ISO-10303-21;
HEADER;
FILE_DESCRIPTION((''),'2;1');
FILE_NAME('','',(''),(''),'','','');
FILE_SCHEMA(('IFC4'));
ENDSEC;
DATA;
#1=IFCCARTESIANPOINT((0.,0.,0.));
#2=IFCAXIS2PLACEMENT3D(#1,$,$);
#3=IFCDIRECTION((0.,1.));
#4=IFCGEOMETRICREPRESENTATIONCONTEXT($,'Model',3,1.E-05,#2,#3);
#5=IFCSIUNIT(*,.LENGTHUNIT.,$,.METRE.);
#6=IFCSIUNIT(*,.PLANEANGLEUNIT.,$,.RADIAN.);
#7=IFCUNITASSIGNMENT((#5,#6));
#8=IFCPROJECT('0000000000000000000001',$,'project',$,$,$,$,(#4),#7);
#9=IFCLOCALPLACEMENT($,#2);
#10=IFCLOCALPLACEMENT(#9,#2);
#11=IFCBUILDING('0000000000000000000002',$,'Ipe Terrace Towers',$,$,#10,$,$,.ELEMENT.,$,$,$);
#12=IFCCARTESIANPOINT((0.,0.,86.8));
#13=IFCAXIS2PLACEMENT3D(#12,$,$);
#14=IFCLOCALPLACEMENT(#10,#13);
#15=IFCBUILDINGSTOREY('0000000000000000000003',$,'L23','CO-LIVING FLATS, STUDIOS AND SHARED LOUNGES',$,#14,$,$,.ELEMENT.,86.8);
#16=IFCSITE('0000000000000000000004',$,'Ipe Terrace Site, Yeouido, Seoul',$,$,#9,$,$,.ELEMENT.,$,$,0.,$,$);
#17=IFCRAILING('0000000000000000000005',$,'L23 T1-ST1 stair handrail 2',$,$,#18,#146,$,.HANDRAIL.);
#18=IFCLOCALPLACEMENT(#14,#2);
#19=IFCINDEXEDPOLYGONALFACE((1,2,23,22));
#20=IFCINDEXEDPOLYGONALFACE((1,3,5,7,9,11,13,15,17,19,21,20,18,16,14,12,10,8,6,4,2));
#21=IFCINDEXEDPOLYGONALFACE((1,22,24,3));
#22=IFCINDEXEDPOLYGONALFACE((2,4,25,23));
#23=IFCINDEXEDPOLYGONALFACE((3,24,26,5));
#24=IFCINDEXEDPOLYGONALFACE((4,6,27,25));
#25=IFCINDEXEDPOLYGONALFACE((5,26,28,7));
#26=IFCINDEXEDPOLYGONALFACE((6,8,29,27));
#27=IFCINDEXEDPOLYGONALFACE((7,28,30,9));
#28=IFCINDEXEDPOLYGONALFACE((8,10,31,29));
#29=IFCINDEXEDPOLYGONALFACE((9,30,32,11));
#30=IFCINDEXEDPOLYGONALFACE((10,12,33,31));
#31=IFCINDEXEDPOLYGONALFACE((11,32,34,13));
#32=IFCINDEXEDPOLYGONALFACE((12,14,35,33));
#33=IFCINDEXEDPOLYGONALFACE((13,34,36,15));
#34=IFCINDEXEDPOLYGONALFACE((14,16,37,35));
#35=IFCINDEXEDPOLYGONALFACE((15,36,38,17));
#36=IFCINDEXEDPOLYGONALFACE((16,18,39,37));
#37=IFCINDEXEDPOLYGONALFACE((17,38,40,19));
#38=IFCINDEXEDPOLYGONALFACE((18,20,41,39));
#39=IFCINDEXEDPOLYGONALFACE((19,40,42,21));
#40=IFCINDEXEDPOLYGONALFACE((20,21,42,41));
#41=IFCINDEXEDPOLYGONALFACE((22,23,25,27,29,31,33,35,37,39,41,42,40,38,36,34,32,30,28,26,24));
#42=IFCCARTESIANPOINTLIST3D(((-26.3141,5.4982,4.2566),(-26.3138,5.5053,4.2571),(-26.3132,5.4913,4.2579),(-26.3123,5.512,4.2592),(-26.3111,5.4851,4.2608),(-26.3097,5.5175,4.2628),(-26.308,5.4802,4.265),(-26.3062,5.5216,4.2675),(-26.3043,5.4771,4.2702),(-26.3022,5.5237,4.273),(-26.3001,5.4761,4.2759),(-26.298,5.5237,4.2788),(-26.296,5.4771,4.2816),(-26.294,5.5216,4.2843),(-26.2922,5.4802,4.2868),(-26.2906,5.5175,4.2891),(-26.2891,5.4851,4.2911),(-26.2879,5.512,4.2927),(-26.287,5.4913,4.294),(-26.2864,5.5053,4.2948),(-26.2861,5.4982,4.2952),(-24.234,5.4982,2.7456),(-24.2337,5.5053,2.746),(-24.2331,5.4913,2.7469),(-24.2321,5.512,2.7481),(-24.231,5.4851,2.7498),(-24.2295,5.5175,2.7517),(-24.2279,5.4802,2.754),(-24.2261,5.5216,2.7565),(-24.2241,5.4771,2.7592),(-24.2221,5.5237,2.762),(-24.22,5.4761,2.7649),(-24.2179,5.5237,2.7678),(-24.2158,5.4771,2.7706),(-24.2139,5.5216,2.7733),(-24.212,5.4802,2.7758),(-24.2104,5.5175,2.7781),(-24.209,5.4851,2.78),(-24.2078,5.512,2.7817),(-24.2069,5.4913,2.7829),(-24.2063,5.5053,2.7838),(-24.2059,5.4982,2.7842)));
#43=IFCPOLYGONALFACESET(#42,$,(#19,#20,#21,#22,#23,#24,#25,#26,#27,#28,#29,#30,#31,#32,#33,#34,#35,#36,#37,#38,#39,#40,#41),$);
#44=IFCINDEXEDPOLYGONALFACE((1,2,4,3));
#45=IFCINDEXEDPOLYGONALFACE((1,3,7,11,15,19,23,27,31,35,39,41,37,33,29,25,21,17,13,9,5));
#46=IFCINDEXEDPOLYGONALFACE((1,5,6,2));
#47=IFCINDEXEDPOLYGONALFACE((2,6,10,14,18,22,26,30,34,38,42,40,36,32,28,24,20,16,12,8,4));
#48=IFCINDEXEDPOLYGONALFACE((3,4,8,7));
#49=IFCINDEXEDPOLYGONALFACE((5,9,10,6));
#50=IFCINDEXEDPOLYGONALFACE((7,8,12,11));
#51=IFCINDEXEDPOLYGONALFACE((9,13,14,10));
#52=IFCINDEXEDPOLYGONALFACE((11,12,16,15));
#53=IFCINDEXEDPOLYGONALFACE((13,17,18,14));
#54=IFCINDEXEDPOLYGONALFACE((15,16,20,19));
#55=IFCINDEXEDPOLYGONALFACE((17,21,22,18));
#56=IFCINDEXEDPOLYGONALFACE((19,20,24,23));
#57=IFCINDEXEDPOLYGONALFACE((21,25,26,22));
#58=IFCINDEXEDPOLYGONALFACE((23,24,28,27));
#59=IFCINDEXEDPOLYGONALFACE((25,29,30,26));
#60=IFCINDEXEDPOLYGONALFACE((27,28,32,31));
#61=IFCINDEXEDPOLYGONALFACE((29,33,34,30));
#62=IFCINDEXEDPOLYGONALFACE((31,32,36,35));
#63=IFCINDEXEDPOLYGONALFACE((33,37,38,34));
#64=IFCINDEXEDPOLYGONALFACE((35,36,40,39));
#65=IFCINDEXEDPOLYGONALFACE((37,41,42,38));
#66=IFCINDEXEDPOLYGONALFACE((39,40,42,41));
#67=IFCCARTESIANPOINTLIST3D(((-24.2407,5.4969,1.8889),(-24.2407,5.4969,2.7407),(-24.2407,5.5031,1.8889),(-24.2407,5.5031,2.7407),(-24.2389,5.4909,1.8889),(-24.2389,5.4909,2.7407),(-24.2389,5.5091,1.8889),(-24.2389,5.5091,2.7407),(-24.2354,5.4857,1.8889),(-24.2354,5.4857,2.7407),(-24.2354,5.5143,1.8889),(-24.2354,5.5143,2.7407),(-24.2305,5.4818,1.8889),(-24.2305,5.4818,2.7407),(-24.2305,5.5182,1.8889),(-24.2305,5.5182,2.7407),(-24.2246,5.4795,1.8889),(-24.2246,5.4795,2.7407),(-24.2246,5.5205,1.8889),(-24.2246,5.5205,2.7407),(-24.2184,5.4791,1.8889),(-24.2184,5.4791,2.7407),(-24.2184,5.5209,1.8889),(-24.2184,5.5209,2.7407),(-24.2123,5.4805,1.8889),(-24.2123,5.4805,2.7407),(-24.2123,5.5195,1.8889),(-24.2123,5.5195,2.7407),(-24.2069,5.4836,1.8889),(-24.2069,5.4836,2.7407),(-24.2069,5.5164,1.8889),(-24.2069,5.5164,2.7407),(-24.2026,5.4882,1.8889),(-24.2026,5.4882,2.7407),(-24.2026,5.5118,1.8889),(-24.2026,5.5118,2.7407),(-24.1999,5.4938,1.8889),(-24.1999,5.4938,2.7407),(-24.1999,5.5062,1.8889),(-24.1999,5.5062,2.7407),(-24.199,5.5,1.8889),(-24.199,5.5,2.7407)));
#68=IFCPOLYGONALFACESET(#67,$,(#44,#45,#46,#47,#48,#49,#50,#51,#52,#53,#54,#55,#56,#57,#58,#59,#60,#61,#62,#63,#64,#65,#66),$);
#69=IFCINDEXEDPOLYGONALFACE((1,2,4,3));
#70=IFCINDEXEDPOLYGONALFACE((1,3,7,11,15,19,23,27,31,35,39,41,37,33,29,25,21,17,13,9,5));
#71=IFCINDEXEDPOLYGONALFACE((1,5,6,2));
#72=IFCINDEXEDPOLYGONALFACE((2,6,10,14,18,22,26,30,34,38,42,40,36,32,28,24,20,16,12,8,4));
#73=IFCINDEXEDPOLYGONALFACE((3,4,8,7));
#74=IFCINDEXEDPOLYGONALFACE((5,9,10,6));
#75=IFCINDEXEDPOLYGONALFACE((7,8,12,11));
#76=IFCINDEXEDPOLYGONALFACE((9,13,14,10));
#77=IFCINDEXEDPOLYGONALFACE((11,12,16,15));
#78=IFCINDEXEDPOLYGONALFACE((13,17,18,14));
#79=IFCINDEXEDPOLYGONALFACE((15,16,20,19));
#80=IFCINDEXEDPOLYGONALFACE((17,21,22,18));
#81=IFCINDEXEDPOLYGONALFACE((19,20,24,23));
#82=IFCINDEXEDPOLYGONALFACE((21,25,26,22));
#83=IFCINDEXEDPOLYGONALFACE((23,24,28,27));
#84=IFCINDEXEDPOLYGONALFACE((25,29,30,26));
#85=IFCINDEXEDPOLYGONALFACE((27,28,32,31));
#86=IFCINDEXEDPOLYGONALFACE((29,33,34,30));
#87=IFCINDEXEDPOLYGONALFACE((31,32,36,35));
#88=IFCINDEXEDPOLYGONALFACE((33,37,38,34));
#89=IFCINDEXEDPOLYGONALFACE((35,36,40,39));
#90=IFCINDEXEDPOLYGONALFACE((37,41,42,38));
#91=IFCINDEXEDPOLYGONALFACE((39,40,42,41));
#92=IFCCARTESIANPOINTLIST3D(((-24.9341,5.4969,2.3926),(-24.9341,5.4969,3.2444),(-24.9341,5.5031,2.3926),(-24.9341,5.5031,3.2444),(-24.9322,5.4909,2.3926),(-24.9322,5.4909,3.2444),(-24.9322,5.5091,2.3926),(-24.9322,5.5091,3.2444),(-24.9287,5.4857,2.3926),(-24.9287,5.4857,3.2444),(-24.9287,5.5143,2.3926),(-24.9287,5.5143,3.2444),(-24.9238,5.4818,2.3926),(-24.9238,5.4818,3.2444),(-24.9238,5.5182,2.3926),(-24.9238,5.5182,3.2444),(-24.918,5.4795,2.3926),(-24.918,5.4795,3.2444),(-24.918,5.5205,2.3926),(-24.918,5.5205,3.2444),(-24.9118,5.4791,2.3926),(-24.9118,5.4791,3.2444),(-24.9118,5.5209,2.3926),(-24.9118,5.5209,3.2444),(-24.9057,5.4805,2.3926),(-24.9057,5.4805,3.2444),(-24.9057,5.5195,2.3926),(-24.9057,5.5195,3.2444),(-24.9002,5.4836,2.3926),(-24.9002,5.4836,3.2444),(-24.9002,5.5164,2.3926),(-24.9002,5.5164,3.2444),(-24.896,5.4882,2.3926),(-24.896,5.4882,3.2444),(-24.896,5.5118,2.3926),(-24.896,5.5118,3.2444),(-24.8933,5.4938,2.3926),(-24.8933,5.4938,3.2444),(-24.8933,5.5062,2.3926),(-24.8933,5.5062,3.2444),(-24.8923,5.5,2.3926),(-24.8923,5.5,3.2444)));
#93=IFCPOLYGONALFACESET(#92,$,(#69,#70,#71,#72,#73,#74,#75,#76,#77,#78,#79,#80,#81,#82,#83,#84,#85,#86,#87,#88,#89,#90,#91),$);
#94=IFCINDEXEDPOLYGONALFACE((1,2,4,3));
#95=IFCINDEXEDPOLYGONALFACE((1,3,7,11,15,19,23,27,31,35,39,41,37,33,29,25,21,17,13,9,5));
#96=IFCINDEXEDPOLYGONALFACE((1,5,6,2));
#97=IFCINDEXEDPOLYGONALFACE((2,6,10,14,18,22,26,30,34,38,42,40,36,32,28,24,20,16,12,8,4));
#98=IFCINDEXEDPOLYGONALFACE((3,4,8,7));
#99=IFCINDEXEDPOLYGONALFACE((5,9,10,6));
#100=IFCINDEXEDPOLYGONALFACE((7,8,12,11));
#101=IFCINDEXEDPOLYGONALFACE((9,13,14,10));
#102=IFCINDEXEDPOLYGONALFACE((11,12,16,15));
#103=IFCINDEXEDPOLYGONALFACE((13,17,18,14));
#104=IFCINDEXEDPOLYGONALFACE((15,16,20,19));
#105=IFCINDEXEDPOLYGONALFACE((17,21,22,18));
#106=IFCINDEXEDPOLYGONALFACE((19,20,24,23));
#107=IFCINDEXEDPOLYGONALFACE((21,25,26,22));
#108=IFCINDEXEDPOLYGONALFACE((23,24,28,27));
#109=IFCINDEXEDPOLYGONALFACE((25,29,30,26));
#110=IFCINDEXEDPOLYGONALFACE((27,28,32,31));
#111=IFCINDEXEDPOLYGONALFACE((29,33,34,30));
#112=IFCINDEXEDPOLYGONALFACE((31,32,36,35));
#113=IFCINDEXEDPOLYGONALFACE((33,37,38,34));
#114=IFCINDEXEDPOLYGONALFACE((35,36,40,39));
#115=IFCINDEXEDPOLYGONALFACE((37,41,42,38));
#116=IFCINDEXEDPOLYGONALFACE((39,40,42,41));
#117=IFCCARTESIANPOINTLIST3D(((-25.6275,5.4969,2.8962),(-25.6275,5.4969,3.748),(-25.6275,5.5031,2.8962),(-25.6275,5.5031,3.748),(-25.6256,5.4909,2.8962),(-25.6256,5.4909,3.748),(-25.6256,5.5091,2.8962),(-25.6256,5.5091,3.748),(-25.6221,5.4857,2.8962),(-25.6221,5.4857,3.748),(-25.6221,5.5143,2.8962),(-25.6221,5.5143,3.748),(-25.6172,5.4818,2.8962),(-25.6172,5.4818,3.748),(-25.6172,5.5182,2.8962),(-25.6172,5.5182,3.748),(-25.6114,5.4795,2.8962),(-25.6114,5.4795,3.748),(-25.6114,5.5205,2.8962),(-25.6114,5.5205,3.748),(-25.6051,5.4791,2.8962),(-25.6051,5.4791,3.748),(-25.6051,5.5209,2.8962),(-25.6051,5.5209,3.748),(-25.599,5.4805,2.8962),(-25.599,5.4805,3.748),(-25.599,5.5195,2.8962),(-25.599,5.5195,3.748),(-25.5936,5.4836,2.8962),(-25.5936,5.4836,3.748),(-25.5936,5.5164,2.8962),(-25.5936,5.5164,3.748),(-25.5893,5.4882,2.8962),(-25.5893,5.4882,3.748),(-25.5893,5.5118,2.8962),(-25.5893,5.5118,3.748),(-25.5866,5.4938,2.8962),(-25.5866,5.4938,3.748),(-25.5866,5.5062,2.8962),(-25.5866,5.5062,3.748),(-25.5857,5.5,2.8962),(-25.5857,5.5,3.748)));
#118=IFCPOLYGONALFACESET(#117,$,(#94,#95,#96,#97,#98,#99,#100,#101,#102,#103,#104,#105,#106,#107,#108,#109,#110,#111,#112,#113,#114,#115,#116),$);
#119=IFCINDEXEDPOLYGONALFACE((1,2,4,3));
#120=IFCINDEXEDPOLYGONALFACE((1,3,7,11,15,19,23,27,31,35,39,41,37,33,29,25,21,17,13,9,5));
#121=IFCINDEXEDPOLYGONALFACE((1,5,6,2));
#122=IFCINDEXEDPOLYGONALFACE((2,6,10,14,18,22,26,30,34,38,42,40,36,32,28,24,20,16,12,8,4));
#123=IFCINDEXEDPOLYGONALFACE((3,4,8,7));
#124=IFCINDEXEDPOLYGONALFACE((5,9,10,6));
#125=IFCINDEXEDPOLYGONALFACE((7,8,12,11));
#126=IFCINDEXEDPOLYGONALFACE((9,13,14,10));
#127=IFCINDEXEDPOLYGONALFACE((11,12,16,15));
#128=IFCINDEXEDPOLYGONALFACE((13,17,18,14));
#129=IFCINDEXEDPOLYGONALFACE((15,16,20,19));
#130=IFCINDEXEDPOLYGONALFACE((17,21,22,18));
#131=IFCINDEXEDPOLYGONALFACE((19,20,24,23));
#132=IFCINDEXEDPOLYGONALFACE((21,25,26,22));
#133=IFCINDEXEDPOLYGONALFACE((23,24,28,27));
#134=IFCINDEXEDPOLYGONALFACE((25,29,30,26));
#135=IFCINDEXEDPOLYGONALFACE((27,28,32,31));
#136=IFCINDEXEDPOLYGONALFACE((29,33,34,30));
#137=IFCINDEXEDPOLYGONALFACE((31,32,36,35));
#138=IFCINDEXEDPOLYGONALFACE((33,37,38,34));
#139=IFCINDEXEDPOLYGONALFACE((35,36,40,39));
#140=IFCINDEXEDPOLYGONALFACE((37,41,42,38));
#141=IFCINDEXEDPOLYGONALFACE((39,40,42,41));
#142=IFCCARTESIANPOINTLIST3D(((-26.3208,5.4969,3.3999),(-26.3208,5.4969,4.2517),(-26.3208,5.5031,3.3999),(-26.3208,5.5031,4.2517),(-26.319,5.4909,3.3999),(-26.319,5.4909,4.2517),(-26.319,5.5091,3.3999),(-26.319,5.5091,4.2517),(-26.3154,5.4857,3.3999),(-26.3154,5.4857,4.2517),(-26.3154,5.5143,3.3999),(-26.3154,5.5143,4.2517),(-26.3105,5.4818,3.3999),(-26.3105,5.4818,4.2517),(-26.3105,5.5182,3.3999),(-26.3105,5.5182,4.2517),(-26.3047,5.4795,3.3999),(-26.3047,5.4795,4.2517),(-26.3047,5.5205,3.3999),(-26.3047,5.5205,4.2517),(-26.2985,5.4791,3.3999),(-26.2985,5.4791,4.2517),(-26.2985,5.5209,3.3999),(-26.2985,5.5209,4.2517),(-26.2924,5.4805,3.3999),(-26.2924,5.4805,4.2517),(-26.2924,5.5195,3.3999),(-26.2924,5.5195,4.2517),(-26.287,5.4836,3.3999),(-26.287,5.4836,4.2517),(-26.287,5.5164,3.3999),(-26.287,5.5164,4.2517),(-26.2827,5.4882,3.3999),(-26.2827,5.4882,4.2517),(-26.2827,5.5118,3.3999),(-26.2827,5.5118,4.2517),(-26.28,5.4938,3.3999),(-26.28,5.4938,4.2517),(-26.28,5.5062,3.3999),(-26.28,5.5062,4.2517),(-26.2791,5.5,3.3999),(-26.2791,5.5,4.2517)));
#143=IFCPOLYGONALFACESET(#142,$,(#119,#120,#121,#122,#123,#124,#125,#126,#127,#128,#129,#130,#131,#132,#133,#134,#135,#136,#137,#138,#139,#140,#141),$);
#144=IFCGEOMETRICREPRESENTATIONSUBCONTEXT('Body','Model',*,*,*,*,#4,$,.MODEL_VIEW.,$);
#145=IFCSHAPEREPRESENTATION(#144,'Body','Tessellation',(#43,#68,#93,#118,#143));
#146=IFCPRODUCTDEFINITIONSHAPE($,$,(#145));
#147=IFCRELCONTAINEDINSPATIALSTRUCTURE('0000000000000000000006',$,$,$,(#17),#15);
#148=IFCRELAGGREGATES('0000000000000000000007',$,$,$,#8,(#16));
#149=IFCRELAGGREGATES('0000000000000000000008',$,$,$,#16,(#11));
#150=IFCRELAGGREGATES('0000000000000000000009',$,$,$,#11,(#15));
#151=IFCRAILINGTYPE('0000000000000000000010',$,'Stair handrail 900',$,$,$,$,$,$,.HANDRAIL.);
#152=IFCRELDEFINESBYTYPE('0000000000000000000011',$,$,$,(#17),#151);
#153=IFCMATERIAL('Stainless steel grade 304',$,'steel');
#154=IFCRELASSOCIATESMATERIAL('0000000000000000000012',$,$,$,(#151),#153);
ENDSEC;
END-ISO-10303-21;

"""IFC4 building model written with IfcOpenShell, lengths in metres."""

from ifc_helpers import new_model, si_unit, direction, frame, origin, origin_2d, place, context, subcontext, project, spatial, circle, extrude, material, type_object, element, save


model = new_model("IFC4")

# Units and contexts
model_context = context("Model", 3, precision=1e-05, world=origin(), true_north=direction((0.0, 1.0)))
body_context = subcontext(model_context, "Body", "Model", "MODEL_VIEW")
ifc_project = project(units=[si_unit("LENGTHUNIT", "METRE"), si_unit("PLANEANGLEUNIT", "RADIAN")], contexts=[model_context])

# Site, building, storey
site_placement = place(None, origin())
site = spatial("IfcSite", under=ifc_project, at=site_placement, Name="Ipe Terrace Site, Yeouido, Seoul", CompositionType="ELEMENT", RefElevation=0.0)
building_placement = place(site_placement, origin())
building = spatial("IfcBuilding", under=site, at=building_placement, Name="Ipe Terrace Towers", CompositionType="ELEMENT")
storey_placement = place(building_placement, frame((0.0, 0.0, 86.8)))
storey = spatial("IfcBuildingStorey", under=building, at=storey_placement, Name="L23", Description="CO-LIVING FLATS, STUDIOS AND SHARED LOUNGES", CompositionType="ELEMENT", Elevation=86.8)

# Railing
ifc_material_1 = material(Name="Stainless steel grade 304", Category="steel")
railing_type = type_object("IfcRailingType", Name="Stair handrail 900", PredefinedType="HANDRAIL", material=ifc_material_1)
railing_1_placement = place(storey_placement, frame((-24.22, 5.5, 1.8889)))
element("IfcRailing", 1, at=railing_1_placement, inside=storey, type_object=railing_type, Name="L23 T1-ST1 stair handrail 2", PredefinedType="HANDRAIL", context=body_context, shape_type="SweptSolid", body=[
    extrude(circle(Radius=0.0239, at=origin_2d()), frame((0.0, 0.0, 0.876), z_axis=(-0.809069, 0.0, 0.587714), x_axis=(0.0, -1.0, 0.0)), (0.0, 0.0, 1.0), 2.571),
    extrude(circle(Radius=0.021, at=origin_2d()), origin(), (0.0, 0.0, 1.0), 0.8518),
    extrude(circle(Radius=0.021, at=origin_2d()), frame((-0.6934, 0.0, 0.5037)), (0.0, 0.0, 1.0), 0.8518),
    extrude(circle(Radius=0.021, at=origin_2d()), frame((-1.3867, 0.0, 1.0073)), (0.0, 0.0, 1.0), 0.8518),
    extrude(circle(Radius=0.021, at=origin_2d()), frame((-2.0801, 0.0, 1.511)), (0.0, 0.0, 1.0), 0.8518),
])

save(model, "model.ifc")
